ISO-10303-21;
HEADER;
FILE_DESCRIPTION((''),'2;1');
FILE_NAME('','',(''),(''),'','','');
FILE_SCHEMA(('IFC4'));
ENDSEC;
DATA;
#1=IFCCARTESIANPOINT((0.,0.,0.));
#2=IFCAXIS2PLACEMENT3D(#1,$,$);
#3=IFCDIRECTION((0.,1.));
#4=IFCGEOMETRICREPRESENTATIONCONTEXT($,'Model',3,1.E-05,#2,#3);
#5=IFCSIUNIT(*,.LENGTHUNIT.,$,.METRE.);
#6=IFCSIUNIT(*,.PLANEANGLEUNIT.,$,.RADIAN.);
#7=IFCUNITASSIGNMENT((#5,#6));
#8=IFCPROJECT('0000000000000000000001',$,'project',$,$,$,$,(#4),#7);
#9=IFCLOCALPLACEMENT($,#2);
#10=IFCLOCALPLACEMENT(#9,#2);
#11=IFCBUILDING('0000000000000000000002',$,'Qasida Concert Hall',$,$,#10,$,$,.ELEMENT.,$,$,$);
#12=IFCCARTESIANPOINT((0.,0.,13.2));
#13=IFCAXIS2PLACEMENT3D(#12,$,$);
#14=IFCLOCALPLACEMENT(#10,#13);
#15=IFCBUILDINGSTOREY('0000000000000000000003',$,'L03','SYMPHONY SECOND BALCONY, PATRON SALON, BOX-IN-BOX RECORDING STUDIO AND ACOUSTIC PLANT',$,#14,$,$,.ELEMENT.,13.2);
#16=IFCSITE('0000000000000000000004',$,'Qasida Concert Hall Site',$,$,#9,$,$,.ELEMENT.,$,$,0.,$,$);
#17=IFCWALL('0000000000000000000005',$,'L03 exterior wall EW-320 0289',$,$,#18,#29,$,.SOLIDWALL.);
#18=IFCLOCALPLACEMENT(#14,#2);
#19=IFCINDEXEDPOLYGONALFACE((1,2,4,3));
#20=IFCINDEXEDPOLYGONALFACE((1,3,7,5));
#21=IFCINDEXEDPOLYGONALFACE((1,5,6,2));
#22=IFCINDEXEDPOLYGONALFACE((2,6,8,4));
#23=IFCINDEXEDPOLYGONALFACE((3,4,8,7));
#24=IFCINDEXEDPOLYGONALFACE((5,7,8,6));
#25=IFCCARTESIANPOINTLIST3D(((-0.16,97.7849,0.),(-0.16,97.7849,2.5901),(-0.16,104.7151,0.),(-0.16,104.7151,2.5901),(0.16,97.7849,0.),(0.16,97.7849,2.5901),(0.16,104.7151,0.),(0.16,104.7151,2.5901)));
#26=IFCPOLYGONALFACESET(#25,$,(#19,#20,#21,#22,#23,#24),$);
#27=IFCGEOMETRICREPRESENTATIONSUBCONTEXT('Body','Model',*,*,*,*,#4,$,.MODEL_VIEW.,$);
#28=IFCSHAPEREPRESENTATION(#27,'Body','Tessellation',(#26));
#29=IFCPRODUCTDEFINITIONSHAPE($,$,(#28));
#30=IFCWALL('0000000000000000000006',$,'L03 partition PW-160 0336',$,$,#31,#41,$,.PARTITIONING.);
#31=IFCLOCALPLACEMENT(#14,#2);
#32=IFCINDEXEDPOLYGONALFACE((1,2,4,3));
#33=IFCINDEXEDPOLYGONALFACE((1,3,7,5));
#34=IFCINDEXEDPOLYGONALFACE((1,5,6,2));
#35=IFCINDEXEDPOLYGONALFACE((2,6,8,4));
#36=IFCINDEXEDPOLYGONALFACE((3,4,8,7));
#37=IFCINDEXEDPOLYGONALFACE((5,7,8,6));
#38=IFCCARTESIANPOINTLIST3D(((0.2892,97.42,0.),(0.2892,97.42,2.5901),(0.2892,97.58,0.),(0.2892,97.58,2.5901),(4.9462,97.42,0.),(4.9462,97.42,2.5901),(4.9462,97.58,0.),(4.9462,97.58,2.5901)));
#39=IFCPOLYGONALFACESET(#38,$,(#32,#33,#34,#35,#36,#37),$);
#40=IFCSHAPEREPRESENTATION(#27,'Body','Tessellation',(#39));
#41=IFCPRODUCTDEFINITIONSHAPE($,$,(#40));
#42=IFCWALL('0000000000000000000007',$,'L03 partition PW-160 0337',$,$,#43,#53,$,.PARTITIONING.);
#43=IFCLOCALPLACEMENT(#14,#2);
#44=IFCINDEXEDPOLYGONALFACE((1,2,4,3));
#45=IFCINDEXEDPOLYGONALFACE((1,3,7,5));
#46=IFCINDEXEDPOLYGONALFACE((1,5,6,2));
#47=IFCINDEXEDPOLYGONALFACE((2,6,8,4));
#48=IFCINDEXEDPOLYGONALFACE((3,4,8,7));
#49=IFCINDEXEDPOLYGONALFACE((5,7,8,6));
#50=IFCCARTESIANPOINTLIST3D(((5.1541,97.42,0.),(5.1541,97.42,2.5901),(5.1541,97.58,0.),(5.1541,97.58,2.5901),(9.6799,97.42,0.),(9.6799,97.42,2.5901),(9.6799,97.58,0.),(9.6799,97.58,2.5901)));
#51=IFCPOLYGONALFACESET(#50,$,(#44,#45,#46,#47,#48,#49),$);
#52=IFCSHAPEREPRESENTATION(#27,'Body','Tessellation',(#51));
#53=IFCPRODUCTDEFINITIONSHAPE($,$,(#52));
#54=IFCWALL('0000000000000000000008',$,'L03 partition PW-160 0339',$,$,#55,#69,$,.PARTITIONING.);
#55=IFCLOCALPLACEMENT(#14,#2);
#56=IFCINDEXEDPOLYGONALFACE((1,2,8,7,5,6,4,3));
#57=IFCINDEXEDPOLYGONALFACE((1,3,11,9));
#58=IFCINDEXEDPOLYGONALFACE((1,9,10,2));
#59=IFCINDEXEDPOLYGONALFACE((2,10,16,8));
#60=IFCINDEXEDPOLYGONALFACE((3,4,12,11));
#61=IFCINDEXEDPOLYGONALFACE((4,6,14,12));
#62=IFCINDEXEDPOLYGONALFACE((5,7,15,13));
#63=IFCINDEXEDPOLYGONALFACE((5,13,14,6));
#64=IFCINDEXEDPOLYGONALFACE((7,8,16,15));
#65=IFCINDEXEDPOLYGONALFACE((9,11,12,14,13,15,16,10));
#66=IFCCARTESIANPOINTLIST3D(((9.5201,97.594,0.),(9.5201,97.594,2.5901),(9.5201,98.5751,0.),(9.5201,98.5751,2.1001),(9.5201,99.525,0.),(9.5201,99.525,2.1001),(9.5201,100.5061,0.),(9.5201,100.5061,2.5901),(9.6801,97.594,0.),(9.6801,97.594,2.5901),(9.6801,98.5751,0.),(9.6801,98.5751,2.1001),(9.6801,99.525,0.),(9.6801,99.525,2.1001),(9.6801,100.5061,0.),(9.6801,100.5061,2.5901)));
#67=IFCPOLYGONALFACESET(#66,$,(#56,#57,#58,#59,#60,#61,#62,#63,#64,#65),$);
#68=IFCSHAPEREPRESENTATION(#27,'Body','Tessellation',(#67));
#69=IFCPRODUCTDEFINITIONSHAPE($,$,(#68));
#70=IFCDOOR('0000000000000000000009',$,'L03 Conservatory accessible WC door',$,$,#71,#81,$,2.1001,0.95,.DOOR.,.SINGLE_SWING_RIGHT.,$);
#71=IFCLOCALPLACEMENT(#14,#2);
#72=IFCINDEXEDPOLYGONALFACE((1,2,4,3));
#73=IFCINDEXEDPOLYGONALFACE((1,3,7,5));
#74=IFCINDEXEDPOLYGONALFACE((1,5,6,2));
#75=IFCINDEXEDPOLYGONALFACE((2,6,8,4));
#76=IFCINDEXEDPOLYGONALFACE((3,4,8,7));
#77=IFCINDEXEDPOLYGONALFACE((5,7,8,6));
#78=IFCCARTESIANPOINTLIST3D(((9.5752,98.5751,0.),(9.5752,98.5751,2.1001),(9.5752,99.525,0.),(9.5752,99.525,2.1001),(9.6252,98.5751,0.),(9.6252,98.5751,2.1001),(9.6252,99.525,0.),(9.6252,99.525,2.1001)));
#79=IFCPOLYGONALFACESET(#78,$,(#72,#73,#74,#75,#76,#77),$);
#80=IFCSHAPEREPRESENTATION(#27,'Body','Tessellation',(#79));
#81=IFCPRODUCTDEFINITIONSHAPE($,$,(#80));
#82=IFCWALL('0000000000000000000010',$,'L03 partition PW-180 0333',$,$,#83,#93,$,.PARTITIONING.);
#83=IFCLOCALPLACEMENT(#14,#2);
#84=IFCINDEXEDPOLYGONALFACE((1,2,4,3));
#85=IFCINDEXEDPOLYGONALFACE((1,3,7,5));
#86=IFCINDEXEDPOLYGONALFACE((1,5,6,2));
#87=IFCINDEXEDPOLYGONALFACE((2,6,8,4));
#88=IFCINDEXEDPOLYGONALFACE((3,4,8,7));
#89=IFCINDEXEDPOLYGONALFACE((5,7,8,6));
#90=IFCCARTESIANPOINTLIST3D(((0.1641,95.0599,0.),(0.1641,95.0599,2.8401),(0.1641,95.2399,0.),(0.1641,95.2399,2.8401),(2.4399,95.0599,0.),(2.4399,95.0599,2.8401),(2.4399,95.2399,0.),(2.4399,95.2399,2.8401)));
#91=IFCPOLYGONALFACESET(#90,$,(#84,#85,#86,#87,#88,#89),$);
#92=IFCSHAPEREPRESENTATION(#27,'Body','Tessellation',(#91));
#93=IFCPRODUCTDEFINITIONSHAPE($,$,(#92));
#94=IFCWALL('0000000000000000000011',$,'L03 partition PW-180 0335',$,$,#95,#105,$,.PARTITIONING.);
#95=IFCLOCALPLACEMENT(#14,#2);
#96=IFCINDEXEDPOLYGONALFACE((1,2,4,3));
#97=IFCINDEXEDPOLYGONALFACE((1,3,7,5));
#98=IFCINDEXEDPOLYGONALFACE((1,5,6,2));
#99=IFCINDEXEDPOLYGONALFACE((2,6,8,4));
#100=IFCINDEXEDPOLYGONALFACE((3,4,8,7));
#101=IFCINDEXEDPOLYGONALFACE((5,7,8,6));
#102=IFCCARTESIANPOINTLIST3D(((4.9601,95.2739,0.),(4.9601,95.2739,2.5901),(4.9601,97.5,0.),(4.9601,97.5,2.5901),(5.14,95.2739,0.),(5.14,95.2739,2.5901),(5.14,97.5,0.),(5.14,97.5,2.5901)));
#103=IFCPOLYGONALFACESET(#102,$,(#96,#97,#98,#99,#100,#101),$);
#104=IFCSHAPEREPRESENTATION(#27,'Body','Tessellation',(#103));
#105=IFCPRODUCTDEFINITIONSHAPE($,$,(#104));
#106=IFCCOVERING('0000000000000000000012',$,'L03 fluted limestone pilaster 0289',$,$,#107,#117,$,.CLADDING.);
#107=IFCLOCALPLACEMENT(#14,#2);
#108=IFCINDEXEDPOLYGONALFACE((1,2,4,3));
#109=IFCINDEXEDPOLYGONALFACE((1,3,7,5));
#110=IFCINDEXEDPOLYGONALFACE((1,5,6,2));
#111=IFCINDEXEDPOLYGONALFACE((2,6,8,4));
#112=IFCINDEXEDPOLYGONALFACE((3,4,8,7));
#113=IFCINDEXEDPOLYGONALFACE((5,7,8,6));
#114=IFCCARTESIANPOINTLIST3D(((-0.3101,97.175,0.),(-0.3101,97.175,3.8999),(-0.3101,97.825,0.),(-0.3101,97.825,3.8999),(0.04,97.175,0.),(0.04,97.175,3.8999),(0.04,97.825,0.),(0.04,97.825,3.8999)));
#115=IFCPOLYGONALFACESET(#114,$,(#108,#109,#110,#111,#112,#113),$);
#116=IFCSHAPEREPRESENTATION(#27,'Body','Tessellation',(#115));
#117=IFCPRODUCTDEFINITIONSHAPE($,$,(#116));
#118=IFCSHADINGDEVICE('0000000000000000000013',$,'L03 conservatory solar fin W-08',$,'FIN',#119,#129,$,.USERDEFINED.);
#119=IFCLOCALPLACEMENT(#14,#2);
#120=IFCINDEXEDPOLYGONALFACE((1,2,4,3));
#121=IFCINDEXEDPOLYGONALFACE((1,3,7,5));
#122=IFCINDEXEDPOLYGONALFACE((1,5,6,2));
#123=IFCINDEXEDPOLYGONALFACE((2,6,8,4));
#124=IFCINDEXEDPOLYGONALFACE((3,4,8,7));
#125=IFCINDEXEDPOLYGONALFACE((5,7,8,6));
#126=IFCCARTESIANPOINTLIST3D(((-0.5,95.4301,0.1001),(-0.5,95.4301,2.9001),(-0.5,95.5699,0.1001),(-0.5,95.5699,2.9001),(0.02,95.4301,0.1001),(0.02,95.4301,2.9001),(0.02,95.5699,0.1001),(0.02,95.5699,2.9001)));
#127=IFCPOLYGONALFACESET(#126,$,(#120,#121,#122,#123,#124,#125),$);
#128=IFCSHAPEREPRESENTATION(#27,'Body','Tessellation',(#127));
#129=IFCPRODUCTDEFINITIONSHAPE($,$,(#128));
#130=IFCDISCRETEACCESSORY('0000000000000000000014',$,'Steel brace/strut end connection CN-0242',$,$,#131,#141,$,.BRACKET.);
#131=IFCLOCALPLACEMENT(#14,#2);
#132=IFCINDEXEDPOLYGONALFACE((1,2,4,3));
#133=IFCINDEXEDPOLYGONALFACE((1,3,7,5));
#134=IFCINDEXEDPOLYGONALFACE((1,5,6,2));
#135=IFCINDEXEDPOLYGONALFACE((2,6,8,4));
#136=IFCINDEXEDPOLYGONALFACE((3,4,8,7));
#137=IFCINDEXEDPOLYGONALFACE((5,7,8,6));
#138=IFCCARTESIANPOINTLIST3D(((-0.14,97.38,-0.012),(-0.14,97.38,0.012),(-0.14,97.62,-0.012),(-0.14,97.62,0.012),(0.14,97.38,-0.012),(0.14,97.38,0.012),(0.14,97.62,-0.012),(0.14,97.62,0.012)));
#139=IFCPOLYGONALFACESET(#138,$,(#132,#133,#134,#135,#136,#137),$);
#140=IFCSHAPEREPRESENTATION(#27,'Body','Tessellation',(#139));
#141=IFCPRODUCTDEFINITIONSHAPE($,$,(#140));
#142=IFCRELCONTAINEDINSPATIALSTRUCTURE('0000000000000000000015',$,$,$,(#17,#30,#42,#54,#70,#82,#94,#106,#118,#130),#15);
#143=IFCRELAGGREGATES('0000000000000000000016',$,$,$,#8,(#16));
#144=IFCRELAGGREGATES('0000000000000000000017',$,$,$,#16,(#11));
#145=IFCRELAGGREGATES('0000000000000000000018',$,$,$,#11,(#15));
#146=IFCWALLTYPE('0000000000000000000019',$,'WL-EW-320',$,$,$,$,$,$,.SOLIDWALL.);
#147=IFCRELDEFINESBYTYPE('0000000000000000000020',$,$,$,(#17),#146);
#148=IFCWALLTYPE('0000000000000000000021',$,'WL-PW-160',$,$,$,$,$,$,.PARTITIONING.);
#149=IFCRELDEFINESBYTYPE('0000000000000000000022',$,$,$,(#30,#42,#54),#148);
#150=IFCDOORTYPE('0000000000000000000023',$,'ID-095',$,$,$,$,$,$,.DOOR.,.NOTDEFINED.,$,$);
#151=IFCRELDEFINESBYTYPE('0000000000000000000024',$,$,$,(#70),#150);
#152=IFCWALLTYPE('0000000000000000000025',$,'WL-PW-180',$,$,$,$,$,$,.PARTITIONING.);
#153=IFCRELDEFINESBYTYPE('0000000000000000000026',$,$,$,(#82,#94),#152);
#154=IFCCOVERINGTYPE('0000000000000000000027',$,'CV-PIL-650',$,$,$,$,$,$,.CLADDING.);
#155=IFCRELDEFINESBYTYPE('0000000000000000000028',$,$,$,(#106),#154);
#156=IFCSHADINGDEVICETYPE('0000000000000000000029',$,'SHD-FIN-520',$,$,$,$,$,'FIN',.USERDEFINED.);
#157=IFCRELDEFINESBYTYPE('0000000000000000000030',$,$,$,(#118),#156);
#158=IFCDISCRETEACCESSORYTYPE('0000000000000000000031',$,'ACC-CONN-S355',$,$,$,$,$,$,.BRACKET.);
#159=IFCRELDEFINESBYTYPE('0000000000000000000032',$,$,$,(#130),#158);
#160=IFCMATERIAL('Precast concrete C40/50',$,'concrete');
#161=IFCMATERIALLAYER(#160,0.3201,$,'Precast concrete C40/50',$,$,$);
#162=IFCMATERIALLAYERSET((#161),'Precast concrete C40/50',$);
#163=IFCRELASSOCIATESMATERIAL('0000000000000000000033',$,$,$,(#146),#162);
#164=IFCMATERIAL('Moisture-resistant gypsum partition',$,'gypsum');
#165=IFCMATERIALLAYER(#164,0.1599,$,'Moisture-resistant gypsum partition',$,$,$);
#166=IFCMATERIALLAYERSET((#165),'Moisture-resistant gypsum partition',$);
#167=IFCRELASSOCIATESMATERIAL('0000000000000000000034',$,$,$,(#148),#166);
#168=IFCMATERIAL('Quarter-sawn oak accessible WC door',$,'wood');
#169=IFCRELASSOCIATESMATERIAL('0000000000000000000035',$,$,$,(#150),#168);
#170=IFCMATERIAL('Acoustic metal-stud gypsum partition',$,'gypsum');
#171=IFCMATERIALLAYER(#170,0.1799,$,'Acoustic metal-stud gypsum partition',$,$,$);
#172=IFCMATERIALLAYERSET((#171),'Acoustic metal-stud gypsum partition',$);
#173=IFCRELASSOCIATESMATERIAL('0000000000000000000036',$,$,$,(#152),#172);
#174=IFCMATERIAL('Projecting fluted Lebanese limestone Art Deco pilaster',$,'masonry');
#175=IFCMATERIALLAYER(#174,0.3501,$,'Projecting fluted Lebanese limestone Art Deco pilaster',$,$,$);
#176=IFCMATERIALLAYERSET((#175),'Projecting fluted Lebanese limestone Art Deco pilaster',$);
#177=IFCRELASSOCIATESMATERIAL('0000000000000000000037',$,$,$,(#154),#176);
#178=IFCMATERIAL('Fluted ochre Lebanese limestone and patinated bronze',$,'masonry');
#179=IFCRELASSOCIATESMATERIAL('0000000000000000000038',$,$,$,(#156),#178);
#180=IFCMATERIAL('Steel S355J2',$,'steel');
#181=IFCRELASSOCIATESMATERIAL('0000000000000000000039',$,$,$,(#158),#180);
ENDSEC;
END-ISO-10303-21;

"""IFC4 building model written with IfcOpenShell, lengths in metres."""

from ifc_helpers import new_model, si_unit, direction, frame, frame_2d, origin, origin_2d, place, context, subcontext, project, spatial, rectangle, extrude, material, layer, layer_set, type_object, element, fill, save


model = new_model("IFC4")

# Units and contexts
model_context = context("Model", 3, precision=1e-05, world=origin(), true_north=direction((0.0, 1.0)))
body_context = subcontext(model_context, "Body", "Model", "MODEL_VIEW")
ifc_project = project(units=[si_unit("LENGTHUNIT", "METRE"), si_unit("PLANEANGLEUNIT", "RADIAN")], contexts=[model_context])

# Site, building, storey
site_placement = place(None, origin())
site = spatial("IfcSite", under=ifc_project, at=site_placement, Name="Qasida Concert Hall Site", CompositionType="ELEMENT", RefElevation=0.0)
building_placement = place(site_placement, origin())
building = spatial("IfcBuilding", under=site, at=building_placement, Name="Qasida Concert Hall", CompositionType="ELEMENT")
storey_placement = place(building_placement, frame((0.0, 0.0, 13.2)))
storey = spatial("IfcBuildingStorey", under=building, at=storey_placement, Name="L03", Description="SYMPHONY SECOND BALCONY, PATRON SALON, BOX-IN-BOX RECORDING STUDIO AND ACOUSTIC PLANT", CompositionType="ELEMENT", Elevation=13.2)

# Shared definitions
ifc_material_1 = material(Name="Steel S355J2", Category="steel")

# Walls
ifc_material_2 = material(Name="Precast concrete C40/50", Category="concrete")
ifc_layer_1 = layer(ifc_material_2, 0.3201, Name="Precast concrete C40/50")
ifc_layer_set_1 = layer_set([ifc_layer_1], Name="Precast concrete C40/50")
wall_type_1 = type_object("IfcWallType", Name="WL-EW-320", PredefinedType="SOLIDWALL", material=ifc_layer_set_1)
wall_1_placement = place(storey_placement, frame((0.0, 97.7849, 0.0), z_axis=(0.0, 0.0, 1.0), x_axis=(0.0, 1.0, 0.0)))
element("IfcWall", 1, at=wall_1_placement, inside=storey, type_object=wall_type_1, Name="L03 exterior wall EW-320 0289", PredefinedType="SOLIDWALL", context=body_context, shape_type="SweptSolid", body=[
    extrude(rectangle(XDim=6.9302, YDim=0.3201, at=frame_2d((3.4651, 0.0))), origin(), (0.0, 0.0, 1.0), 2.5901),
])
ifc_material_3 = material(Name="Moisture-resistant gypsum partition", Category="gypsum")
ifc_layer_2 = layer(ifc_material_3, 0.1599, Name="Moisture-resistant gypsum partition")
ifc_layer_set_2 = layer_set([ifc_layer_2], Name="Moisture-resistant gypsum partition")
wall_type_2 = type_object("IfcWallType", Name="WL-PW-160", PredefinedType="PARTITIONING", material=ifc_layer_set_2)
wall_2_placement = place(storey_placement, frame((0.2891, 97.5, 0.0), z_axis=(0.0, 0.0, 1.0), x_axis=(1.0, 0.0, 0.0)))
element("IfcWall", 2, at=wall_2_placement, inside=storey, type_object=wall_type_2, Name="L03 partition PW-160 0336", PredefinedType="PARTITIONING", context=body_context, shape_type="SweptSolid", body=[
    extrude(rectangle(XDim=4.657, YDim=0.1599, at=frame_2d((2.3286, 0.0))), origin(), (0.0, 0.0, 1.0), 2.5901),
])
wall_3_placement = place(storey_placement, frame((5.1541, 97.5, 0.0), z_axis=(0.0, 0.0, 1.0), x_axis=(1.0, 0.0, 0.0)))
element("IfcWall", 3, at=wall_3_placement, inside=storey, type_object=wall_type_2, Name="L03 partition PW-160 0337", PredefinedType="PARTITIONING", context=body_context, shape_type="SweptSolid", body=[
    extrude(rectangle(XDim=4.5259, YDim=0.1599, at=frame_2d((2.2629, 0.0))), origin(), (0.0, 0.0, 1.0), 2.5901),
])

# Wall, opening, door
wall_4_placement = place(storey_placement, frame((9.6001, 97.594, 0.0), z_axis=(0.0, 0.0, 1.0), x_axis=(0.0, 1.0, 0.0)))
wall_4 = element("IfcWall", 4, at=wall_4_placement, inside=storey, type_object=wall_type_2, Name="L03 partition PW-160 0339", PredefinedType="PARTITIONING", context=body_context, shape_type="SweptSolid", body=[
    extrude(rectangle(XDim=2.9121, YDim=0.1599, at=frame_2d((1.4561, 0.0))), origin(), (0.0, 0.0, 1.0), 2.5901),
])
opening_1_placement = place(wall_4_placement, frame((0.981, 0.0, 0.0)))
opening_1 = element("IfcOpeningElement", 5, at=opening_1_placement, cuts=wall_4, PredefinedType="OPENING", context=body_context, shape_type="SweptSolid", body=[
    extrude(rectangle(XDim=0.95, YDim=2.1001, at=frame_2d((0.4751, 1.05))), frame((0.0, 0.0898, 0.0), z_axis=(0.0, -1.0, 0.0), x_axis=(1.0, 0.0, 0.0)), (0.0, 0.0, 1.0), 0.1799),
])
ifc_material_4 = material(Name="Quarter-sawn oak accessible WC door", Category="wood")
door_type_1 = type_object("IfcDoorType", Name="ID-095", OperationType="NOTDEFINED", PredefinedType="DOOR", material=ifc_material_4)
door_1_placement = place(opening_1_placement, origin())
door_1 = element("IfcDoor", 6, at=door_1_placement, inside=storey, type_object=door_type_1, Name="L03 Conservatory accessible WC door", OperationType="SINGLE_SWING_RIGHT", OverallHeight=2.1001, OverallWidth=0.95, PredefinedType="DOOR", context=body_context, shape_type="SweptSolid", body=[
    extrude(rectangle(XDim=0.95, YDim=2.1001, at=frame_2d((0.4751, 1.05))), frame((0.0, 0.0249, 0.0), z_axis=(0.0, -1.0, 0.0), x_axis=(1.0, 0.0, 0.0)), (0.0, 0.0, 1.0), 0.05),
])
fill(opening_1, door_1)

# Walls
ifc_material_5 = material(Name="Acoustic metal-stud gypsum partition", Category="gypsum")
ifc_layer_3 = layer(ifc_material_5, 0.1799, Name="Acoustic metal-stud gypsum partition")
ifc_layer_set_3 = layer_set([ifc_layer_3], Name="Acoustic metal-stud gypsum partition")
wall_type_3 = type_object("IfcWallType", Name="WL-PW-180", PredefinedType="PARTITIONING", material=ifc_layer_set_3)
wall_5_placement = place(storey_placement, frame((0.1641, 95.1499, 0.0), z_axis=(0.0, 0.0, 1.0), x_axis=(1.0, 0.0, 0.0)))
element("IfcWall", 7, at=wall_5_placement, inside=storey, type_object=wall_type_3, Name="L03 partition PW-180 0333", PredefinedType="PARTITIONING", context=body_context, shape_type="SweptSolid", body=[
    extrude(rectangle(XDim=2.2759, YDim=0.1799, at=frame_2d((1.1379, 0.0))), origin(), (0.0, 0.0, 1.0), 2.8401),
])
wall_6_placement = place(storey_placement, frame((5.05, 95.2739, 0.0), z_axis=(0.0, 0.0, 1.0), x_axis=(0.0, 1.0, 0.0)))
element("IfcWall", 8, at=wall_6_placement, inside=storey, type_object=wall_type_3, Name="L03 partition PW-180 0335", PredefinedType="PARTITIONING", context=body_context, shape_type="SweptSolid", body=[
    extrude(rectangle(XDim=2.2261, YDim=0.1799, at=frame_2d((1.113, 0.0))), origin(), (0.0, 0.0, 1.0), 2.5901),
])

# Covering
ifc_material_6 = material(Name="Projecting fluted Lebanese limestone Art Deco pilaster", Category="masonry")
ifc_layer_4 = layer(ifc_material_6, 0.3501, Name="Projecting fluted Lebanese limestone Art Deco pilaster")
ifc_layer_set_4 = layer_set([ifc_layer_4], Name="Projecting fluted Lebanese limestone Art Deco pilaster")
covering_type = type_object("IfcCoveringType", Name="CV-PIL-650", PredefinedType="CLADDING", material=ifc_layer_set_4)
covering_placement = place(storey_placement, frame((-0.135, 97.5, 0.0), z_axis=(0.0, 0.0, 1.0), x_axis=(1.0, 0.0, 0.0)))
element("IfcCovering", 9, at=covering_placement, inside=storey, type_object=covering_type, Name="L03 fluted limestone pilaster 0289", PredefinedType="CLADDING", context=body_context, shape_type="SweptSolid", body=[
    extrude(rectangle(XDim=0.3501, YDim=0.6499, at=origin_2d()), origin(), (0.0, 0.0, 1.0), 3.8999),
])

# Shading device
ifc_material_7 = material(Name="Fluted ochre Lebanese limestone and patinated bronze", Category="masonry")
shading_device_type = type_object("IfcShadingDeviceType", Name="SHD-FIN-520", ElementType="FIN", PredefinedType="USERDEFINED", material=ifc_material_7)
shading_device_placement = place(storey_placement, frame((-0.24, 95.5, 0.1001), z_axis=(0.0, 0.0, 1.0), x_axis=(1.0, 0.0, 0.0)))
element("IfcShadingDevice", 10, at=shading_device_placement, inside=storey, type_object=shading_device_type, Name="L03 conservatory solar fin W-08", ObjectType="FIN", PredefinedType="USERDEFINED", context=body_context, shape_type="SweptSolid", body=[
    extrude(rectangle(XDim=0.52, YDim=0.1399, at=origin_2d()), origin(), (0.0, 0.0, 1.0), 2.8),
])

# Discrete accessory
discrete_accessory_type = type_object("IfcDiscreteAccessoryType", Name="ACC-CONN-S355", PredefinedType="BRACKET", material=ifc_material_1)
discrete_accessory_placement = place(storey_placement, frame((0.0, 97.5, -0.012), z_axis=(0.0, 0.0, 1.0), x_axis=(1.0, 0.0, 0.0)))
element("IfcDiscreteAccessory", 11, at=discrete_accessory_placement, inside=storey, type_object=discrete_accessory_type, Name="Steel brace/strut end connection CN-0242", PredefinedType="BRACKET", context=body_context, shape_type="SweptSolid", body=[
    extrude(rectangle(XDim=0.28, YDim=0.24, at=origin_2d()), origin(), (0.0, 0.0, 1.0), 0.0239),
])

save(model, "model.ifc")
